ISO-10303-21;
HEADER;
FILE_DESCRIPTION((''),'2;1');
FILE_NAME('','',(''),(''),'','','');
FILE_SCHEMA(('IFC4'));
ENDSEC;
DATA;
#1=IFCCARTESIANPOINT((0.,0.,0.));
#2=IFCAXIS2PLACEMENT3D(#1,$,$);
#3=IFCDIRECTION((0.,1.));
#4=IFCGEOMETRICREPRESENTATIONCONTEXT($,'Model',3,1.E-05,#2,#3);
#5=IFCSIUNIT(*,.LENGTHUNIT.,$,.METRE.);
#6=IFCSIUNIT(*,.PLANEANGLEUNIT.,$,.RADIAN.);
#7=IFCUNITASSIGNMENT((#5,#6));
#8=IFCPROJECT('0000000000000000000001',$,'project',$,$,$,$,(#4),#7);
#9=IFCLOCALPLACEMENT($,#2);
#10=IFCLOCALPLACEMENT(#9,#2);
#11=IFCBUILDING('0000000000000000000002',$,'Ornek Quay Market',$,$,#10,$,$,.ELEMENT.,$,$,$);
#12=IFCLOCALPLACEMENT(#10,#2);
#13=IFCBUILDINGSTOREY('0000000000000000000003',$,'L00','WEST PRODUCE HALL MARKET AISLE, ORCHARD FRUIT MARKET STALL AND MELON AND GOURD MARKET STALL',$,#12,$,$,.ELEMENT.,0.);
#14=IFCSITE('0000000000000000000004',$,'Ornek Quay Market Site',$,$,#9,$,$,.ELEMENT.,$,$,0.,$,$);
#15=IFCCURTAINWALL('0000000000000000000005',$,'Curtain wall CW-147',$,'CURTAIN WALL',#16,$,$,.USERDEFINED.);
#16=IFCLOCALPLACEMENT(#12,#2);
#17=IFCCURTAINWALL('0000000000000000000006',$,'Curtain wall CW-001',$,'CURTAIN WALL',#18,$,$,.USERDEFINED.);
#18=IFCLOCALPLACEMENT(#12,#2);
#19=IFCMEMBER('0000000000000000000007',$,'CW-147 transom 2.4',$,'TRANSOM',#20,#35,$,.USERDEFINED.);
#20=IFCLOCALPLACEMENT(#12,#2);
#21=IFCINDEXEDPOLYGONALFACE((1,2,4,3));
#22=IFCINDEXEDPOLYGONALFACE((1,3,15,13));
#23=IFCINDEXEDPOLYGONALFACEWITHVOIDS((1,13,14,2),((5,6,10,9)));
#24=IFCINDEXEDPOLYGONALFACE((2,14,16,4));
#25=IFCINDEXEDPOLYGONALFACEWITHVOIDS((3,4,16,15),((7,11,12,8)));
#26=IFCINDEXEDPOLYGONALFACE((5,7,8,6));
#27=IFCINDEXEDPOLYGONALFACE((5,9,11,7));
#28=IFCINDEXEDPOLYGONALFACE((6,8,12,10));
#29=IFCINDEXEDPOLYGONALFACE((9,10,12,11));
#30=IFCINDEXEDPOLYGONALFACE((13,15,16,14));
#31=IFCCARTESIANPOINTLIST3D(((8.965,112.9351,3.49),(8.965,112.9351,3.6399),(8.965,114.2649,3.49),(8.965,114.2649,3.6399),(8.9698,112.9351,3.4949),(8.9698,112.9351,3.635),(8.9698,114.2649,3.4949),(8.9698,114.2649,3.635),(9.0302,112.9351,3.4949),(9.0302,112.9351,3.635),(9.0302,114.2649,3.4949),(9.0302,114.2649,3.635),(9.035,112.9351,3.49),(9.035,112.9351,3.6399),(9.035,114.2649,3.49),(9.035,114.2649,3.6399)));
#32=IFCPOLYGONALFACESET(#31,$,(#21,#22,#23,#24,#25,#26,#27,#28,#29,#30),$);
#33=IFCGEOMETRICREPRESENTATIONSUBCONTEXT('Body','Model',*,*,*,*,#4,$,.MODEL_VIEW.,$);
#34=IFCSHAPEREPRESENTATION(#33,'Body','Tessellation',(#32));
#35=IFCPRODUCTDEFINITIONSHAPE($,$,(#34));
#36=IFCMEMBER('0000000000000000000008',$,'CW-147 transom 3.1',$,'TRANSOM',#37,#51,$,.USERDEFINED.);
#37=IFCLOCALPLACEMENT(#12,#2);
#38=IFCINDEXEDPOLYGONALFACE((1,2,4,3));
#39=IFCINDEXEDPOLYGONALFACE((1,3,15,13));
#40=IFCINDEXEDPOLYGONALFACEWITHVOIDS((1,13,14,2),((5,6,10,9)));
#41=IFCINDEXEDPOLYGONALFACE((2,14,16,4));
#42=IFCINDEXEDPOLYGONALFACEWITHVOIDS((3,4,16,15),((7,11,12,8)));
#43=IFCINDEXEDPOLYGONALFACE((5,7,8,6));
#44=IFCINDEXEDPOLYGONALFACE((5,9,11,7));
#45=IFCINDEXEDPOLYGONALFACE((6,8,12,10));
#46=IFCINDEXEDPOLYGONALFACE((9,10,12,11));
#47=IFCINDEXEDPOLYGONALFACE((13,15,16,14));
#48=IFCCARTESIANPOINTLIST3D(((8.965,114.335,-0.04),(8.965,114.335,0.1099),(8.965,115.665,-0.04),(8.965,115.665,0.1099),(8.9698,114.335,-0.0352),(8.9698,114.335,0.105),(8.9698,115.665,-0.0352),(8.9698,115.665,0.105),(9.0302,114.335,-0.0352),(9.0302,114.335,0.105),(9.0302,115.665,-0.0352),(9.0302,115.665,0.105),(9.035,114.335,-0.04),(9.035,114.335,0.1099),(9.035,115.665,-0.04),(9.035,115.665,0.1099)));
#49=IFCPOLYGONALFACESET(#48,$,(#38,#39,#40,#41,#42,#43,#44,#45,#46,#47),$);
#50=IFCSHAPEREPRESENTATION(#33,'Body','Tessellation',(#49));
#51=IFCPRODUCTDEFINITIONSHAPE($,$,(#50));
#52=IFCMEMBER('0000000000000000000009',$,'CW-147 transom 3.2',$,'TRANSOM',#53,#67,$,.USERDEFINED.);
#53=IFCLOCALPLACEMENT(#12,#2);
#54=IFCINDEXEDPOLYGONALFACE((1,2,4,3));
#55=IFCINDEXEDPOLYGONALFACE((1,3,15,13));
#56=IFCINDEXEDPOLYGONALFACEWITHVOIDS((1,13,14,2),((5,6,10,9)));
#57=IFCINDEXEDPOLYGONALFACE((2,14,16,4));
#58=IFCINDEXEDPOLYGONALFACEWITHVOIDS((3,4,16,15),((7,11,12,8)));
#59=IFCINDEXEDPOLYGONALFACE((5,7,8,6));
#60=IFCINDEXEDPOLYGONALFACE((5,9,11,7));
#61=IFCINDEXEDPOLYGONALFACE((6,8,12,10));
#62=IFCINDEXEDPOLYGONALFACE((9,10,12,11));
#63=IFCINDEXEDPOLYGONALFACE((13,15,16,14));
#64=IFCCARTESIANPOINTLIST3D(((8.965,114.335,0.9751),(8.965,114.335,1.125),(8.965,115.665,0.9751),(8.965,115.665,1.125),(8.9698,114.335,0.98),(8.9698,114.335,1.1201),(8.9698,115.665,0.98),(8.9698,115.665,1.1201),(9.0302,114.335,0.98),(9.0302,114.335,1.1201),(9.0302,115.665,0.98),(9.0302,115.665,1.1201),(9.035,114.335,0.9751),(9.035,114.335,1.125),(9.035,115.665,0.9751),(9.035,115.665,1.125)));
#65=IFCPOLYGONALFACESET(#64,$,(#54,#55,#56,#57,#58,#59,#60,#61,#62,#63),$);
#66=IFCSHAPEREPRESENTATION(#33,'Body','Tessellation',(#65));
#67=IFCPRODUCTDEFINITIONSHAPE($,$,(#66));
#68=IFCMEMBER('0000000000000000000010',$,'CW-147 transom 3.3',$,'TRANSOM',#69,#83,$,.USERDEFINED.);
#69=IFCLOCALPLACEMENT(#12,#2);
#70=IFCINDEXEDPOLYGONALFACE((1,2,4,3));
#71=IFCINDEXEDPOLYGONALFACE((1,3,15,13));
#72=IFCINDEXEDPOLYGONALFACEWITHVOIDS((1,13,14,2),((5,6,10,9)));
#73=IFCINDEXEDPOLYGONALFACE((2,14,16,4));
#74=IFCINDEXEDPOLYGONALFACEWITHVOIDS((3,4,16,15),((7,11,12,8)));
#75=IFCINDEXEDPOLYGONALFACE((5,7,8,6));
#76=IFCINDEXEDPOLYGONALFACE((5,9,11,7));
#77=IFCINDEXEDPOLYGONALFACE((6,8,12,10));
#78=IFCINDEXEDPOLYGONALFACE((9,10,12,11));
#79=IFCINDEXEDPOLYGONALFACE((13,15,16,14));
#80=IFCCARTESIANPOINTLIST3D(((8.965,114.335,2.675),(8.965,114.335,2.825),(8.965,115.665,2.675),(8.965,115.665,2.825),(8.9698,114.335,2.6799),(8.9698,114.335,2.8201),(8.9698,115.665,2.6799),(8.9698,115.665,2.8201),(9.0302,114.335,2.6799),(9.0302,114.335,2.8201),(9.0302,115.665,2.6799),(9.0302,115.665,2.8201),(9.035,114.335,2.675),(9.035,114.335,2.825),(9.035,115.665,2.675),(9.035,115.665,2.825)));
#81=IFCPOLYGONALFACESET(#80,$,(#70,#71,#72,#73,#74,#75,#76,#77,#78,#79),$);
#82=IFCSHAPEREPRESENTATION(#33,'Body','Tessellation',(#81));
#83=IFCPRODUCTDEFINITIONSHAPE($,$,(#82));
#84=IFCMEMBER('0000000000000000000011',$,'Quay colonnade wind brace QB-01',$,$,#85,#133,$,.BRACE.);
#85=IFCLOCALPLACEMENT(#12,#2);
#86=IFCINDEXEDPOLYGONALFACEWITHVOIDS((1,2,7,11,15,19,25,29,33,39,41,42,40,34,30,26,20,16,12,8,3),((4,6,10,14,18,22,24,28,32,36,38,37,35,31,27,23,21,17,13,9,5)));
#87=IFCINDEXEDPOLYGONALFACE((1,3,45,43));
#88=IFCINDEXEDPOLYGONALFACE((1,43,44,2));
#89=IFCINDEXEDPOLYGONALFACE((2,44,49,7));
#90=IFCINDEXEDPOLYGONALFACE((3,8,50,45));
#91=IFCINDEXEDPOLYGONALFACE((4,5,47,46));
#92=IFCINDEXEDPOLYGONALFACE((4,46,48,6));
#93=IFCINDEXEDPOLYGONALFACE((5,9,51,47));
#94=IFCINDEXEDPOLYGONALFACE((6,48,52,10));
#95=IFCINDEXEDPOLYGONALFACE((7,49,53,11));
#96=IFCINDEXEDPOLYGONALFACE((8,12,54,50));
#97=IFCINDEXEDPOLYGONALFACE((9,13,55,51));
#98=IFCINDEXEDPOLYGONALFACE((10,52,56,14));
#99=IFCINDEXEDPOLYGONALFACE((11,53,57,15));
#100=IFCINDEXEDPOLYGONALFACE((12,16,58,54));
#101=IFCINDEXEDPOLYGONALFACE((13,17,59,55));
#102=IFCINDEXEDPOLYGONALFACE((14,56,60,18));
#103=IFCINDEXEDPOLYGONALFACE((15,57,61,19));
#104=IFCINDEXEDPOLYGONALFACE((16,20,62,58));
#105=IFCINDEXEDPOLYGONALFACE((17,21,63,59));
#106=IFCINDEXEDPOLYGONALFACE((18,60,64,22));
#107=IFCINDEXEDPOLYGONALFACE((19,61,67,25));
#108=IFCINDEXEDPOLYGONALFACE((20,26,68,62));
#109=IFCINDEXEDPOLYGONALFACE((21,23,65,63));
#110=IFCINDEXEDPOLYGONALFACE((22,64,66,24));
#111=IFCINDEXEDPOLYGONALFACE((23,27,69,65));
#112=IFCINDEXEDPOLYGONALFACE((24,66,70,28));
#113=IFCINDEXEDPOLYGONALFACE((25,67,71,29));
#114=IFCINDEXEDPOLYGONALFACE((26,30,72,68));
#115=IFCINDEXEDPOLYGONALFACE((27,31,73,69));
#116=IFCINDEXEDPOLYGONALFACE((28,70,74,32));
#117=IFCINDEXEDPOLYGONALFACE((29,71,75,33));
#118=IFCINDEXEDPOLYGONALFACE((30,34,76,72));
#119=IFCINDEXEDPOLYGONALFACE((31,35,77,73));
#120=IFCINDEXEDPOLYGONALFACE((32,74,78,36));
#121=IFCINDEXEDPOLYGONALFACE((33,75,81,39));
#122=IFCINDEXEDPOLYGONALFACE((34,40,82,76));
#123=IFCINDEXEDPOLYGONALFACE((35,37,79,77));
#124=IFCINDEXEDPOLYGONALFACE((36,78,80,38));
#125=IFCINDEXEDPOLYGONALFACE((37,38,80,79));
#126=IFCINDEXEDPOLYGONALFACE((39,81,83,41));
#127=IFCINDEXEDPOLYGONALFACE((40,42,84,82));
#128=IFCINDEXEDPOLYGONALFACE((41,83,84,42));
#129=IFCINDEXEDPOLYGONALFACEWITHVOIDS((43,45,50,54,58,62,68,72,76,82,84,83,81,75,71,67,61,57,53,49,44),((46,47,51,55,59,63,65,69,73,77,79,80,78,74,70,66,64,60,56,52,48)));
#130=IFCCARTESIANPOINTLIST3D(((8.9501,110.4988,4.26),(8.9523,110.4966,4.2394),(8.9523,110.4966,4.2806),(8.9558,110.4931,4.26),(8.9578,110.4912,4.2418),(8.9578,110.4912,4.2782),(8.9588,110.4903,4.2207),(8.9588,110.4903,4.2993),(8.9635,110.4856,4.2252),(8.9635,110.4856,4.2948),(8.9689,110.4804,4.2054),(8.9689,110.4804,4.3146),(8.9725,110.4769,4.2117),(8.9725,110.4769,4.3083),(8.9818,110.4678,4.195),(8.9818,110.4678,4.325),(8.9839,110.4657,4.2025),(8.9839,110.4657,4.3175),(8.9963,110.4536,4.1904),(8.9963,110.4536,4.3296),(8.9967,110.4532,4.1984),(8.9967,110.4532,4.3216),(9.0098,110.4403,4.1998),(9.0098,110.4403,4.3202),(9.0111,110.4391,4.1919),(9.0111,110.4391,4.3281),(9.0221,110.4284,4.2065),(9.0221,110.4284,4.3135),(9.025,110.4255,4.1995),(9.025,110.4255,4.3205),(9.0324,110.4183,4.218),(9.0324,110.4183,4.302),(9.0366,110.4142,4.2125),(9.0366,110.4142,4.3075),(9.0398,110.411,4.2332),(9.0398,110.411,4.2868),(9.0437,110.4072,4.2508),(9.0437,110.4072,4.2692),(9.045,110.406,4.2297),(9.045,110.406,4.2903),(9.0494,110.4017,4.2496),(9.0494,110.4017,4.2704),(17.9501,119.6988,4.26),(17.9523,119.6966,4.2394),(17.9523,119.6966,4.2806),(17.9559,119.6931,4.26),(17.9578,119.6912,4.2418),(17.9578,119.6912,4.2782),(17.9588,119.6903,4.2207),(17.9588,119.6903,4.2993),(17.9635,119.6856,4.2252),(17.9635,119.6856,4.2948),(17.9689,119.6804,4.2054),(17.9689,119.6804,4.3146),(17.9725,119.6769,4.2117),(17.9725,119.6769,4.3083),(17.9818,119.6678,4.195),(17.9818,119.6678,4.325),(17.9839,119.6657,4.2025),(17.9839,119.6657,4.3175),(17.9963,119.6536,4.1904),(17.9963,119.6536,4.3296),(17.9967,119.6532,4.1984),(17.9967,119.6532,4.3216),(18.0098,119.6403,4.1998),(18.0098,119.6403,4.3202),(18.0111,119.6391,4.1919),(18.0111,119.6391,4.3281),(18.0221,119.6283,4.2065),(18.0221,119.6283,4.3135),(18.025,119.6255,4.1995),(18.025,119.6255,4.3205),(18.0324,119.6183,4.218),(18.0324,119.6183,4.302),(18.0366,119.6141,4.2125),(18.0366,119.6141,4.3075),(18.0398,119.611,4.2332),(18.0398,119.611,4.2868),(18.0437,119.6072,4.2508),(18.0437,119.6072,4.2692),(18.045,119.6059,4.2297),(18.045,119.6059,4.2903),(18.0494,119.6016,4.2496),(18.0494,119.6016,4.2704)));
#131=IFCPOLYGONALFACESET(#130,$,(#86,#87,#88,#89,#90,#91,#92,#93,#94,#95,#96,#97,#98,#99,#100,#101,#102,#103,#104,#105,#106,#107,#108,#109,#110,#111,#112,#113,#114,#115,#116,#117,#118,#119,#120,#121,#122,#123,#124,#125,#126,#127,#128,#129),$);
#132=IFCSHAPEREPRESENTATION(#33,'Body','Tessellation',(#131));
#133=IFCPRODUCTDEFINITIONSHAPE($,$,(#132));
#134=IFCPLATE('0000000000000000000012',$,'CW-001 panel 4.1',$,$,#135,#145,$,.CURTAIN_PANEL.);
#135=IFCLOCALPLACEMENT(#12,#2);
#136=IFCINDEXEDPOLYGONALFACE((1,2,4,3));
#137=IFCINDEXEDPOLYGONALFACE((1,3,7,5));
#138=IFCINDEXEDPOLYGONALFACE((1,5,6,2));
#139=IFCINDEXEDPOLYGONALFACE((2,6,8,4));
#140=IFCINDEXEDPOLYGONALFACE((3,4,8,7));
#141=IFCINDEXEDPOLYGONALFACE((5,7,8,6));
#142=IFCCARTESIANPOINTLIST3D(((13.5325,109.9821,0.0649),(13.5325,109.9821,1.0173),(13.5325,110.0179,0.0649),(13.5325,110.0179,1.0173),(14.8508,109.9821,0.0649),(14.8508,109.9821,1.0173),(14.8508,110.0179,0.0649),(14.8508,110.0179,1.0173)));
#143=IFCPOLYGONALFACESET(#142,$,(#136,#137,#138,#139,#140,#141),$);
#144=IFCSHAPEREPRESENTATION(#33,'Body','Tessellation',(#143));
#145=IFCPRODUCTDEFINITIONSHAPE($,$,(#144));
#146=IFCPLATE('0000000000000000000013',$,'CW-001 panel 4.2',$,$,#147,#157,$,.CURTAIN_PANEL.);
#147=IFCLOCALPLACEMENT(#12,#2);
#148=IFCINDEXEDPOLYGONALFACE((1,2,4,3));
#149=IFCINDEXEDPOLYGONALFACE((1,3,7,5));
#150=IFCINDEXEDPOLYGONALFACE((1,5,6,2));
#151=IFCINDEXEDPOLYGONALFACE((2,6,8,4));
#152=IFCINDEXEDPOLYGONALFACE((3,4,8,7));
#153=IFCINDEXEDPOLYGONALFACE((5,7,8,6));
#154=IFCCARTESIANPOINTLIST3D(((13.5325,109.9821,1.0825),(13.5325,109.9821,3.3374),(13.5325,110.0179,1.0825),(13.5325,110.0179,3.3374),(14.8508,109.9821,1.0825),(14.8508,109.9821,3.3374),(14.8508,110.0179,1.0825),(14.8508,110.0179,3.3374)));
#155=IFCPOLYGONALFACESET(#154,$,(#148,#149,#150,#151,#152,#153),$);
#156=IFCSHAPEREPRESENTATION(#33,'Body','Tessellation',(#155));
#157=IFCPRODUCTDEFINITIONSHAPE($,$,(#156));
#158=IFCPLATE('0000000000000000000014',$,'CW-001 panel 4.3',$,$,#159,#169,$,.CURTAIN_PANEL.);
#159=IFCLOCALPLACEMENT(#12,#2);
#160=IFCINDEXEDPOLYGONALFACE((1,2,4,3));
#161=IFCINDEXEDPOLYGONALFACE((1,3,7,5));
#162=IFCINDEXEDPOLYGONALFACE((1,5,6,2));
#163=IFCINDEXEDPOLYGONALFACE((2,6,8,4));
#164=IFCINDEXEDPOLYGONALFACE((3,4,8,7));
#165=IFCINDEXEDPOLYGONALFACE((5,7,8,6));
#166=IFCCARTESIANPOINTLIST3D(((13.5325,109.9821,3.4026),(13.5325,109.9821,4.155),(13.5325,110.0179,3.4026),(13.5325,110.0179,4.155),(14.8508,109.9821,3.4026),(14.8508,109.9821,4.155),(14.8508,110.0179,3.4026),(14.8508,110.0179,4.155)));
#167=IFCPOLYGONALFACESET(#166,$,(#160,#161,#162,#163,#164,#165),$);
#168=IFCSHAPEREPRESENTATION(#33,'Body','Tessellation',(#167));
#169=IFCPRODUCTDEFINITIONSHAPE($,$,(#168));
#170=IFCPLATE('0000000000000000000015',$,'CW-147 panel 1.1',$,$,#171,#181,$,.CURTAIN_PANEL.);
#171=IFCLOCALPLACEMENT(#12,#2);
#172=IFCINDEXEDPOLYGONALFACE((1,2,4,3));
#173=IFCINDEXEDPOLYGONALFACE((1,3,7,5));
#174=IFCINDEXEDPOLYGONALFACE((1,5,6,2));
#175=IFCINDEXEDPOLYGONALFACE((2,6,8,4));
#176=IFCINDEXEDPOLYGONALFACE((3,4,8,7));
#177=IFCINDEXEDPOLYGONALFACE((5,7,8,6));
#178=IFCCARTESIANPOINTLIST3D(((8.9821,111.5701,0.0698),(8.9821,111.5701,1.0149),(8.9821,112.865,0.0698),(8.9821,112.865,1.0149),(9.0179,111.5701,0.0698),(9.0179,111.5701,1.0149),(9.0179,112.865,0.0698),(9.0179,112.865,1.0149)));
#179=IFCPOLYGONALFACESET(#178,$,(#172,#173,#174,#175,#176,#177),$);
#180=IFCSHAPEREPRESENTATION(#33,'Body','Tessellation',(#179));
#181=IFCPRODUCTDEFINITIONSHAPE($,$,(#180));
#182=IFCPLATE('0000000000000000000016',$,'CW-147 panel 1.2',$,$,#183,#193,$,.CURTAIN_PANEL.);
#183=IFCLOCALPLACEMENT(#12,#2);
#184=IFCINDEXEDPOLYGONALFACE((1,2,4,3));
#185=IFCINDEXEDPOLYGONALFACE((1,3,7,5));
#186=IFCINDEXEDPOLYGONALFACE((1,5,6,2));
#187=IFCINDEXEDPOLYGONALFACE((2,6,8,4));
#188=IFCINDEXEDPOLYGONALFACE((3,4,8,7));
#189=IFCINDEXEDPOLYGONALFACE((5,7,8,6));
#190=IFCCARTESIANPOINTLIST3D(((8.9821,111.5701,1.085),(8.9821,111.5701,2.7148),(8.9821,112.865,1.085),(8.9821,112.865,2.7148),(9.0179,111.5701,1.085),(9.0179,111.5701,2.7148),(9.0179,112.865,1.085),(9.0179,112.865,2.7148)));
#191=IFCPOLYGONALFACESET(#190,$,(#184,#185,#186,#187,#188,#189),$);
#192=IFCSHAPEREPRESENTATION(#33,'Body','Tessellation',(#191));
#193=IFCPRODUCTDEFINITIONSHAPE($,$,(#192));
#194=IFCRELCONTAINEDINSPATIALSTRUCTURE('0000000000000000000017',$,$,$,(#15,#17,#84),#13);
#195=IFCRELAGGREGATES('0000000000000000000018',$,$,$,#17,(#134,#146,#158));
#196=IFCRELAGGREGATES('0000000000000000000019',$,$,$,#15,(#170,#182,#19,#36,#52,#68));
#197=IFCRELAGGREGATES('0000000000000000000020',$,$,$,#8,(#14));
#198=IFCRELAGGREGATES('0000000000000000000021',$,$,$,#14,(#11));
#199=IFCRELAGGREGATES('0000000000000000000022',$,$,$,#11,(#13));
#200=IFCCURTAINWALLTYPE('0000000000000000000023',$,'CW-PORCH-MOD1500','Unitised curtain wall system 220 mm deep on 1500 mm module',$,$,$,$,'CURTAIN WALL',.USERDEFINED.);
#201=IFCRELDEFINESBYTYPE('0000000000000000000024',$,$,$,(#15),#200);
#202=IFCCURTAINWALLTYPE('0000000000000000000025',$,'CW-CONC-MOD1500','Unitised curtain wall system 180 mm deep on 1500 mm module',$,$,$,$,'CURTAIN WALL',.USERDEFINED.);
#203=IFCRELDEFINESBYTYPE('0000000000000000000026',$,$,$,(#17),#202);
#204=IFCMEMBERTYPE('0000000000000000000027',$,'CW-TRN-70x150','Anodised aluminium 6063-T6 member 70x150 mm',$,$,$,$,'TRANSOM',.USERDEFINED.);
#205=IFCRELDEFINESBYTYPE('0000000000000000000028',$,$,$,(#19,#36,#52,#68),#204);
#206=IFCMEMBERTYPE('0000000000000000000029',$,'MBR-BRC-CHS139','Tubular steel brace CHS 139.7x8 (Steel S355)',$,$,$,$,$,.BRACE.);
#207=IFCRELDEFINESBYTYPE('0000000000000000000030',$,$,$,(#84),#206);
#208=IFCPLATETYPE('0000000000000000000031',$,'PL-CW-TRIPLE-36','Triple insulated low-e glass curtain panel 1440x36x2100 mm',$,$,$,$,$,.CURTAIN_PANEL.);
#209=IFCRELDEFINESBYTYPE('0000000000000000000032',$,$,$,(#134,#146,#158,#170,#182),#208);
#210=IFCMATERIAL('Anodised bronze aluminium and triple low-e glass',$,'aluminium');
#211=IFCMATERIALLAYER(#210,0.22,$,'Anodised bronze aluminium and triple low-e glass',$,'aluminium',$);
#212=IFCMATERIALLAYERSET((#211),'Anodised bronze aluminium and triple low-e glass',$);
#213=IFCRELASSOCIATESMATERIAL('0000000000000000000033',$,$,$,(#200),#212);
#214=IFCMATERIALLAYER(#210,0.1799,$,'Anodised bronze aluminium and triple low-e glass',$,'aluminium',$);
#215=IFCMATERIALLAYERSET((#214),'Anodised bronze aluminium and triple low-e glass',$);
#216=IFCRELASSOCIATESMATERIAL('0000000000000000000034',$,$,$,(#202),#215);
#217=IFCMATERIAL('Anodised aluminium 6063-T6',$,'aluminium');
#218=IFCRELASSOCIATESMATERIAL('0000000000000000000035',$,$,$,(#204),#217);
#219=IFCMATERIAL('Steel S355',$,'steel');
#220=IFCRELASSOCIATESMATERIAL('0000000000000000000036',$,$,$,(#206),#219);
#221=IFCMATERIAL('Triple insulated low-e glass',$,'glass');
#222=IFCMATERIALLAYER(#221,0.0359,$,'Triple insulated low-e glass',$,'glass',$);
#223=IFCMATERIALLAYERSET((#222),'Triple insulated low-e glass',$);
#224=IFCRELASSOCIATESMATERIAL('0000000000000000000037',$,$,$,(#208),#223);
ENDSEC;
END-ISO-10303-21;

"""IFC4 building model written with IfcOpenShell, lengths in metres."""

from ifc_helpers import new_model, si_unit, direction, frame, origin, origin_2d, place, context, subcontext, project, spatial, rectangle, hollow_rectangle, hollow_circle, extrude, material, layer, layer_set, material_profile, profile_set, type_object, element, aggregate, save


model = new_model("IFC4")

# Units and contexts
model_context = context("Model", 3, precision=1e-05, world=origin(), true_north=direction((0.0, 1.0)))
body_context = subcontext(model_context, "Body", "Model", "MODEL_VIEW")
ifc_project = project(units=[si_unit("LENGTHUNIT", "METRE"), si_unit("PLANEANGLEUNIT", "RADIAN")], contexts=[model_context])

# Site, building, storey
site_placement = place(None, origin())
site = spatial("IfcSite", under=ifc_project, at=site_placement, Name="Ornek Quay Market Site", CompositionType="ELEMENT", RefElevation=0.0)
building_placement = place(site_placement, origin())
building = spatial("IfcBuilding", under=site, at=building_placement, Name="Ornek Quay Market", CompositionType="ELEMENT")
storey_placement = place(building_placement, origin())
storey = spatial("IfcBuildingStorey", under=building, at=storey_placement, Name="L00", Description="WEST PRODUCE HALL MARKET AISLE, ORCHARD FRUIT MARKET STALL AND MELON AND GOURD MARKET STALL", CompositionType="ELEMENT", Elevation=0.0)

# Shared definitions
ifc_material_1 = material(Name="Steel S355", Category="steel")

# Curtain walls
ifc_material_2 = material(Name="Anodised bronze aluminium and triple low-e glass", Category="aluminium")
ifc_layer_1 = layer(ifc_material_2, 0.22, Name="Anodised bronze aluminium and triple low-e glass", Category="aluminium")
ifc_layer_set_1 = layer_set([ifc_layer_1], Name="Anodised bronze aluminium and triple low-e glass")
curtain_wall_type_1 = type_object("IfcCurtainWallType", Name="CW-PORCH-MOD1500", Description="Unitised curtain wall system 220 mm deep on 1500 mm module", ElementType="CURTAIN WALL", PredefinedType="USERDEFINED", material=ifc_layer_set_1)
curtain_wall_1_placement = place(storey_placement, origin())
curtain_wall_1 = element("IfcCurtainWall", 1, at=curtain_wall_1_placement, inside=storey, type_object=curtain_wall_type_1, Name="Curtain wall CW-147", ObjectType="CURTAIN WALL", PredefinedType="USERDEFINED")
ifc_material_3 = material(Name="Anodised aluminium 6063-T6", Category="aluminium")
ifc_layer_2 = layer(ifc_material_2, 0.1799, Name="Anodised bronze aluminium and triple low-e glass", Category="aluminium")
ifc_layer_set_2 = layer_set([ifc_layer_2], Name="Anodised bronze aluminium and triple low-e glass")
curtain_wall_type_2 = type_object("IfcCurtainWallType", Name="CW-CONC-MOD1500", Description="Unitised curtain wall system 180 mm deep on 1500 mm module", ElementType="CURTAIN WALL", PredefinedType="USERDEFINED", material=ifc_layer_set_2)
curtain_wall_2_placement = place(storey_placement, origin())
curtain_wall_2 = element("IfcCurtainWall", 2, at=curtain_wall_2_placement, inside=storey, type_object=curtain_wall_type_2, Name="Curtain wall CW-001", ObjectType="CURTAIN WALL", PredefinedType="USERDEFINED")

# Members
ifc_material_profile_1 = material_profile(ifc_material_3, hollow_rectangle(XDim=0.0701, YDim=0.1499, WallThickness=0.0049, at=origin_2d()), Name="CW-TRN-70x150", Category="aluminium")
ifc_profile_set_1 = profile_set([ifc_material_profile_1], Name="Anodised aluminium 6063-T6")
member_type_1 = type_object("IfcMemberType", Name="CW-TRN-70x150", Description="Anodised aluminium 6063-T6 member 70x150 mm", ElementType="TRANSOM", PredefinedType="USERDEFINED", material=ifc_profile_set_1)
member_1_placement = place(storey_placement, frame((9.0, 112.9351, 3.5649), z_axis=(0.0, 1.0, 0.0), x_axis=(-1.0, 0.0, 0.0)))
member_1 = element("IfcMember", 3, at=member_1_placement, type_object=member_type_1, Name="CW-147 transom 2.4", ObjectType="TRANSOM", PredefinedType="USERDEFINED", context=body_context, shape_type="SweptSolid", body=[
    extrude(hollow_rectangle(XDim=0.0701, YDim=0.1499, WallThickness=0.0049, at=origin_2d()), origin(), (0.0, 0.0, 1.0), 1.3298),
])
member_2_placement = place(storey_placement, frame((9.0, 114.335, 0.0349), z_axis=(0.0, 1.0, 0.0), x_axis=(-1.0, 0.0, 0.0)))
member_2 = element("IfcMember", 4, at=member_2_placement, type_object=member_type_1, Name="CW-147 transom 3.1", ObjectType="TRANSOM", PredefinedType="USERDEFINED", context=body_context, shape_type="SweptSolid", body=[
    extrude(hollow_rectangle(XDim=0.0701, YDim=0.1499, WallThickness=0.0049, at=origin_2d()), origin(), (0.0, 0.0, 1.0), 1.3301),
])
member_3_placement = place(storey_placement, frame((9.0, 114.335, 1.05), z_axis=(0.0, 1.0, 0.0), x_axis=(-1.0, 0.0, 0.0)))
member_3 = element("IfcMember", 5, at=member_3_placement, type_object=member_type_1, Name="CW-147 transom 3.2", ObjectType="TRANSOM", PredefinedType="USERDEFINED", context=body_context, shape_type="SweptSolid", body=[
    extrude(hollow_rectangle(XDim=0.0701, YDim=0.1499, WallThickness=0.0049, at=origin_2d()), origin(), (0.0, 0.0, 1.0), 1.3301),
])
member_4_placement = place(storey_placement, frame((9.0, 114.335, 2.75), z_axis=(0.0, 1.0, 0.0), x_axis=(-1.0, 0.0, 0.0)))
member_4 = element("IfcMember", 6, at=member_4_placement, type_object=member_type_1, Name="CW-147 transom 3.3", ObjectType="TRANSOM", PredefinedType="USERDEFINED", context=body_context, shape_type="SweptSolid", body=[
    extrude(hollow_rectangle(XDim=0.0701, YDim=0.1499, WallThickness=0.0049, at=origin_2d()), origin(), (0.0, 0.0, 1.0), 1.3301),
])
ifc_material_profile_2 = material_profile(ifc_material_1, hollow_circle(Radius=0.0698, WallThickness=0.0081, at=origin_2d()), Name="CHS 139.7x8", Category="steel")
ifc_profile_set_2 = profile_set([ifc_material_profile_2], Name="Steel S355")
member_type_2 = type_object("IfcMemberType", Name="MBR-BRC-CHS139", Description="Tubular steel brace CHS 139.7x8 (Steel S355)", PredefinedType="BRACE", material=ifc_profile_set_2)
member_5_placement = place(storey_placement, frame((9.0, 110.45, 4.26), z_axis=(0.699296, 0.714832, 0.0), x_axis=(-0.714832, 0.699296, 0.0)))
element("IfcMember", 7, at=member_5_placement, inside=storey, type_object=member_type_2, Name="Quay colonnade wind brace QB-01", PredefinedType="BRACE", context=body_context, shape_type="SweptSolid", body=[
    extrude(hollow_circle(Radius=0.0698, WallThickness=0.0081, at=origin_2d()), origin(), (0.0, 0.0, 1.0), 12.8701),
])

# Plates
ifc_material_4 = material(Name="Triple insulated low-e glass", Category="glass")
ifc_layer_3 = layer(ifc_material_4, 0.0359, Name="Triple insulated low-e glass", Category="glass")
ifc_layer_set_3 = layer_set([ifc_layer_3], Name="Triple insulated low-e glass")
plate_type_1 = type_object("IfcPlateType", Name="PL-CW-TRIPLE-36", Description="Triple insulated low-e glass curtain panel 1440x36x2100 mm", PredefinedType="CURTAIN_PANEL", material=ifc_layer_set_3)
plate_1_placement = place(storey_placement, frame((14.1917, 110.0, 0.0649), z_axis=(0.0, 0.0, 1.0), x_axis=(1.0, 0.0, 0.0)))
plate_1 = element("IfcPlate", 8, at=plate_1_placement, type_object=plate_type_1, Name="CW-001 panel 4.1", PredefinedType="CURTAIN_PANEL", context=body_context, shape_type="SweptSolid", body=[
    extrude(rectangle(XDim=1.3184, YDim=0.0359, at=origin_2d()), origin(), (0.0, 0.0, 1.0), 0.9524),
])
plate_2_placement = place(storey_placement, frame((14.1917, 110.0, 1.0825), z_axis=(0.0, 0.0, 1.0), x_axis=(1.0, 0.0, 0.0)))
plate_2 = element("IfcPlate", 9, at=plate_2_placement, type_object=plate_type_1, Name="CW-001 panel 4.2", PredefinedType="CURTAIN_PANEL", context=body_context, shape_type="SweptSolid", body=[
    extrude(rectangle(XDim=1.3184, YDim=0.0359, at=origin_2d()), origin(), (0.0, 0.0, 1.0), 2.2549),
])
plate_3_placement = place(storey_placement, frame((14.1917, 110.0, 3.4026), z_axis=(0.0, 0.0, 1.0), x_axis=(1.0, 0.0, 0.0)))
plate_3 = element("IfcPlate", 10, at=plate_3_placement, type_object=plate_type_1, Name="CW-001 panel 4.3", PredefinedType="CURTAIN_PANEL", context=body_context, shape_type="SweptSolid", body=[
    extrude(rectangle(XDim=1.3184, YDim=0.0359, at=origin_2d()), origin(), (0.0, 0.0, 1.0), 0.7524),
])
aggregate(curtain_wall_2, [plate_1, plate_2, plate_3])
plate_4_placement = place(storey_placement, frame((9.0, 112.2175, 0.0698), z_axis=(0.0, 0.0, 1.0), x_axis=(0.0, 1.0, 0.0)))
plate_4 = element("IfcPlate", 11, at=plate_4_placement, type_object=plate_type_1, Name="CW-147 panel 1.1", PredefinedType="CURTAIN_PANEL", context=body_context, shape_type="SweptSolid", body=[
    extrude(rectangle(XDim=1.2949, YDim=0.0359, at=origin_2d()), origin(), (0.0, 0.0, 1.0), 0.9451),
])
plate_5_placement = place(storey_placement, frame((9.0, 112.2175, 1.085), z_axis=(0.0, 0.0, 1.0), x_axis=(0.0, 1.0, 0.0)))
plate_5 = element("IfcPlate", 12, at=plate_5_placement, type_object=plate_type_1, Name="CW-147 panel 1.2", PredefinedType="CURTAIN_PANEL", context=body_context, shape_type="SweptSolid", body=[
    extrude(rectangle(XDim=1.2949, YDim=0.0359, at=origin_2d()), origin(), (0.0, 0.0, 1.0), 1.6299),
])
aggregate(curtain_wall_1, [plate_4, plate_5, member_1, member_2, member_3, member_4])

save(model, "model.ifc")
